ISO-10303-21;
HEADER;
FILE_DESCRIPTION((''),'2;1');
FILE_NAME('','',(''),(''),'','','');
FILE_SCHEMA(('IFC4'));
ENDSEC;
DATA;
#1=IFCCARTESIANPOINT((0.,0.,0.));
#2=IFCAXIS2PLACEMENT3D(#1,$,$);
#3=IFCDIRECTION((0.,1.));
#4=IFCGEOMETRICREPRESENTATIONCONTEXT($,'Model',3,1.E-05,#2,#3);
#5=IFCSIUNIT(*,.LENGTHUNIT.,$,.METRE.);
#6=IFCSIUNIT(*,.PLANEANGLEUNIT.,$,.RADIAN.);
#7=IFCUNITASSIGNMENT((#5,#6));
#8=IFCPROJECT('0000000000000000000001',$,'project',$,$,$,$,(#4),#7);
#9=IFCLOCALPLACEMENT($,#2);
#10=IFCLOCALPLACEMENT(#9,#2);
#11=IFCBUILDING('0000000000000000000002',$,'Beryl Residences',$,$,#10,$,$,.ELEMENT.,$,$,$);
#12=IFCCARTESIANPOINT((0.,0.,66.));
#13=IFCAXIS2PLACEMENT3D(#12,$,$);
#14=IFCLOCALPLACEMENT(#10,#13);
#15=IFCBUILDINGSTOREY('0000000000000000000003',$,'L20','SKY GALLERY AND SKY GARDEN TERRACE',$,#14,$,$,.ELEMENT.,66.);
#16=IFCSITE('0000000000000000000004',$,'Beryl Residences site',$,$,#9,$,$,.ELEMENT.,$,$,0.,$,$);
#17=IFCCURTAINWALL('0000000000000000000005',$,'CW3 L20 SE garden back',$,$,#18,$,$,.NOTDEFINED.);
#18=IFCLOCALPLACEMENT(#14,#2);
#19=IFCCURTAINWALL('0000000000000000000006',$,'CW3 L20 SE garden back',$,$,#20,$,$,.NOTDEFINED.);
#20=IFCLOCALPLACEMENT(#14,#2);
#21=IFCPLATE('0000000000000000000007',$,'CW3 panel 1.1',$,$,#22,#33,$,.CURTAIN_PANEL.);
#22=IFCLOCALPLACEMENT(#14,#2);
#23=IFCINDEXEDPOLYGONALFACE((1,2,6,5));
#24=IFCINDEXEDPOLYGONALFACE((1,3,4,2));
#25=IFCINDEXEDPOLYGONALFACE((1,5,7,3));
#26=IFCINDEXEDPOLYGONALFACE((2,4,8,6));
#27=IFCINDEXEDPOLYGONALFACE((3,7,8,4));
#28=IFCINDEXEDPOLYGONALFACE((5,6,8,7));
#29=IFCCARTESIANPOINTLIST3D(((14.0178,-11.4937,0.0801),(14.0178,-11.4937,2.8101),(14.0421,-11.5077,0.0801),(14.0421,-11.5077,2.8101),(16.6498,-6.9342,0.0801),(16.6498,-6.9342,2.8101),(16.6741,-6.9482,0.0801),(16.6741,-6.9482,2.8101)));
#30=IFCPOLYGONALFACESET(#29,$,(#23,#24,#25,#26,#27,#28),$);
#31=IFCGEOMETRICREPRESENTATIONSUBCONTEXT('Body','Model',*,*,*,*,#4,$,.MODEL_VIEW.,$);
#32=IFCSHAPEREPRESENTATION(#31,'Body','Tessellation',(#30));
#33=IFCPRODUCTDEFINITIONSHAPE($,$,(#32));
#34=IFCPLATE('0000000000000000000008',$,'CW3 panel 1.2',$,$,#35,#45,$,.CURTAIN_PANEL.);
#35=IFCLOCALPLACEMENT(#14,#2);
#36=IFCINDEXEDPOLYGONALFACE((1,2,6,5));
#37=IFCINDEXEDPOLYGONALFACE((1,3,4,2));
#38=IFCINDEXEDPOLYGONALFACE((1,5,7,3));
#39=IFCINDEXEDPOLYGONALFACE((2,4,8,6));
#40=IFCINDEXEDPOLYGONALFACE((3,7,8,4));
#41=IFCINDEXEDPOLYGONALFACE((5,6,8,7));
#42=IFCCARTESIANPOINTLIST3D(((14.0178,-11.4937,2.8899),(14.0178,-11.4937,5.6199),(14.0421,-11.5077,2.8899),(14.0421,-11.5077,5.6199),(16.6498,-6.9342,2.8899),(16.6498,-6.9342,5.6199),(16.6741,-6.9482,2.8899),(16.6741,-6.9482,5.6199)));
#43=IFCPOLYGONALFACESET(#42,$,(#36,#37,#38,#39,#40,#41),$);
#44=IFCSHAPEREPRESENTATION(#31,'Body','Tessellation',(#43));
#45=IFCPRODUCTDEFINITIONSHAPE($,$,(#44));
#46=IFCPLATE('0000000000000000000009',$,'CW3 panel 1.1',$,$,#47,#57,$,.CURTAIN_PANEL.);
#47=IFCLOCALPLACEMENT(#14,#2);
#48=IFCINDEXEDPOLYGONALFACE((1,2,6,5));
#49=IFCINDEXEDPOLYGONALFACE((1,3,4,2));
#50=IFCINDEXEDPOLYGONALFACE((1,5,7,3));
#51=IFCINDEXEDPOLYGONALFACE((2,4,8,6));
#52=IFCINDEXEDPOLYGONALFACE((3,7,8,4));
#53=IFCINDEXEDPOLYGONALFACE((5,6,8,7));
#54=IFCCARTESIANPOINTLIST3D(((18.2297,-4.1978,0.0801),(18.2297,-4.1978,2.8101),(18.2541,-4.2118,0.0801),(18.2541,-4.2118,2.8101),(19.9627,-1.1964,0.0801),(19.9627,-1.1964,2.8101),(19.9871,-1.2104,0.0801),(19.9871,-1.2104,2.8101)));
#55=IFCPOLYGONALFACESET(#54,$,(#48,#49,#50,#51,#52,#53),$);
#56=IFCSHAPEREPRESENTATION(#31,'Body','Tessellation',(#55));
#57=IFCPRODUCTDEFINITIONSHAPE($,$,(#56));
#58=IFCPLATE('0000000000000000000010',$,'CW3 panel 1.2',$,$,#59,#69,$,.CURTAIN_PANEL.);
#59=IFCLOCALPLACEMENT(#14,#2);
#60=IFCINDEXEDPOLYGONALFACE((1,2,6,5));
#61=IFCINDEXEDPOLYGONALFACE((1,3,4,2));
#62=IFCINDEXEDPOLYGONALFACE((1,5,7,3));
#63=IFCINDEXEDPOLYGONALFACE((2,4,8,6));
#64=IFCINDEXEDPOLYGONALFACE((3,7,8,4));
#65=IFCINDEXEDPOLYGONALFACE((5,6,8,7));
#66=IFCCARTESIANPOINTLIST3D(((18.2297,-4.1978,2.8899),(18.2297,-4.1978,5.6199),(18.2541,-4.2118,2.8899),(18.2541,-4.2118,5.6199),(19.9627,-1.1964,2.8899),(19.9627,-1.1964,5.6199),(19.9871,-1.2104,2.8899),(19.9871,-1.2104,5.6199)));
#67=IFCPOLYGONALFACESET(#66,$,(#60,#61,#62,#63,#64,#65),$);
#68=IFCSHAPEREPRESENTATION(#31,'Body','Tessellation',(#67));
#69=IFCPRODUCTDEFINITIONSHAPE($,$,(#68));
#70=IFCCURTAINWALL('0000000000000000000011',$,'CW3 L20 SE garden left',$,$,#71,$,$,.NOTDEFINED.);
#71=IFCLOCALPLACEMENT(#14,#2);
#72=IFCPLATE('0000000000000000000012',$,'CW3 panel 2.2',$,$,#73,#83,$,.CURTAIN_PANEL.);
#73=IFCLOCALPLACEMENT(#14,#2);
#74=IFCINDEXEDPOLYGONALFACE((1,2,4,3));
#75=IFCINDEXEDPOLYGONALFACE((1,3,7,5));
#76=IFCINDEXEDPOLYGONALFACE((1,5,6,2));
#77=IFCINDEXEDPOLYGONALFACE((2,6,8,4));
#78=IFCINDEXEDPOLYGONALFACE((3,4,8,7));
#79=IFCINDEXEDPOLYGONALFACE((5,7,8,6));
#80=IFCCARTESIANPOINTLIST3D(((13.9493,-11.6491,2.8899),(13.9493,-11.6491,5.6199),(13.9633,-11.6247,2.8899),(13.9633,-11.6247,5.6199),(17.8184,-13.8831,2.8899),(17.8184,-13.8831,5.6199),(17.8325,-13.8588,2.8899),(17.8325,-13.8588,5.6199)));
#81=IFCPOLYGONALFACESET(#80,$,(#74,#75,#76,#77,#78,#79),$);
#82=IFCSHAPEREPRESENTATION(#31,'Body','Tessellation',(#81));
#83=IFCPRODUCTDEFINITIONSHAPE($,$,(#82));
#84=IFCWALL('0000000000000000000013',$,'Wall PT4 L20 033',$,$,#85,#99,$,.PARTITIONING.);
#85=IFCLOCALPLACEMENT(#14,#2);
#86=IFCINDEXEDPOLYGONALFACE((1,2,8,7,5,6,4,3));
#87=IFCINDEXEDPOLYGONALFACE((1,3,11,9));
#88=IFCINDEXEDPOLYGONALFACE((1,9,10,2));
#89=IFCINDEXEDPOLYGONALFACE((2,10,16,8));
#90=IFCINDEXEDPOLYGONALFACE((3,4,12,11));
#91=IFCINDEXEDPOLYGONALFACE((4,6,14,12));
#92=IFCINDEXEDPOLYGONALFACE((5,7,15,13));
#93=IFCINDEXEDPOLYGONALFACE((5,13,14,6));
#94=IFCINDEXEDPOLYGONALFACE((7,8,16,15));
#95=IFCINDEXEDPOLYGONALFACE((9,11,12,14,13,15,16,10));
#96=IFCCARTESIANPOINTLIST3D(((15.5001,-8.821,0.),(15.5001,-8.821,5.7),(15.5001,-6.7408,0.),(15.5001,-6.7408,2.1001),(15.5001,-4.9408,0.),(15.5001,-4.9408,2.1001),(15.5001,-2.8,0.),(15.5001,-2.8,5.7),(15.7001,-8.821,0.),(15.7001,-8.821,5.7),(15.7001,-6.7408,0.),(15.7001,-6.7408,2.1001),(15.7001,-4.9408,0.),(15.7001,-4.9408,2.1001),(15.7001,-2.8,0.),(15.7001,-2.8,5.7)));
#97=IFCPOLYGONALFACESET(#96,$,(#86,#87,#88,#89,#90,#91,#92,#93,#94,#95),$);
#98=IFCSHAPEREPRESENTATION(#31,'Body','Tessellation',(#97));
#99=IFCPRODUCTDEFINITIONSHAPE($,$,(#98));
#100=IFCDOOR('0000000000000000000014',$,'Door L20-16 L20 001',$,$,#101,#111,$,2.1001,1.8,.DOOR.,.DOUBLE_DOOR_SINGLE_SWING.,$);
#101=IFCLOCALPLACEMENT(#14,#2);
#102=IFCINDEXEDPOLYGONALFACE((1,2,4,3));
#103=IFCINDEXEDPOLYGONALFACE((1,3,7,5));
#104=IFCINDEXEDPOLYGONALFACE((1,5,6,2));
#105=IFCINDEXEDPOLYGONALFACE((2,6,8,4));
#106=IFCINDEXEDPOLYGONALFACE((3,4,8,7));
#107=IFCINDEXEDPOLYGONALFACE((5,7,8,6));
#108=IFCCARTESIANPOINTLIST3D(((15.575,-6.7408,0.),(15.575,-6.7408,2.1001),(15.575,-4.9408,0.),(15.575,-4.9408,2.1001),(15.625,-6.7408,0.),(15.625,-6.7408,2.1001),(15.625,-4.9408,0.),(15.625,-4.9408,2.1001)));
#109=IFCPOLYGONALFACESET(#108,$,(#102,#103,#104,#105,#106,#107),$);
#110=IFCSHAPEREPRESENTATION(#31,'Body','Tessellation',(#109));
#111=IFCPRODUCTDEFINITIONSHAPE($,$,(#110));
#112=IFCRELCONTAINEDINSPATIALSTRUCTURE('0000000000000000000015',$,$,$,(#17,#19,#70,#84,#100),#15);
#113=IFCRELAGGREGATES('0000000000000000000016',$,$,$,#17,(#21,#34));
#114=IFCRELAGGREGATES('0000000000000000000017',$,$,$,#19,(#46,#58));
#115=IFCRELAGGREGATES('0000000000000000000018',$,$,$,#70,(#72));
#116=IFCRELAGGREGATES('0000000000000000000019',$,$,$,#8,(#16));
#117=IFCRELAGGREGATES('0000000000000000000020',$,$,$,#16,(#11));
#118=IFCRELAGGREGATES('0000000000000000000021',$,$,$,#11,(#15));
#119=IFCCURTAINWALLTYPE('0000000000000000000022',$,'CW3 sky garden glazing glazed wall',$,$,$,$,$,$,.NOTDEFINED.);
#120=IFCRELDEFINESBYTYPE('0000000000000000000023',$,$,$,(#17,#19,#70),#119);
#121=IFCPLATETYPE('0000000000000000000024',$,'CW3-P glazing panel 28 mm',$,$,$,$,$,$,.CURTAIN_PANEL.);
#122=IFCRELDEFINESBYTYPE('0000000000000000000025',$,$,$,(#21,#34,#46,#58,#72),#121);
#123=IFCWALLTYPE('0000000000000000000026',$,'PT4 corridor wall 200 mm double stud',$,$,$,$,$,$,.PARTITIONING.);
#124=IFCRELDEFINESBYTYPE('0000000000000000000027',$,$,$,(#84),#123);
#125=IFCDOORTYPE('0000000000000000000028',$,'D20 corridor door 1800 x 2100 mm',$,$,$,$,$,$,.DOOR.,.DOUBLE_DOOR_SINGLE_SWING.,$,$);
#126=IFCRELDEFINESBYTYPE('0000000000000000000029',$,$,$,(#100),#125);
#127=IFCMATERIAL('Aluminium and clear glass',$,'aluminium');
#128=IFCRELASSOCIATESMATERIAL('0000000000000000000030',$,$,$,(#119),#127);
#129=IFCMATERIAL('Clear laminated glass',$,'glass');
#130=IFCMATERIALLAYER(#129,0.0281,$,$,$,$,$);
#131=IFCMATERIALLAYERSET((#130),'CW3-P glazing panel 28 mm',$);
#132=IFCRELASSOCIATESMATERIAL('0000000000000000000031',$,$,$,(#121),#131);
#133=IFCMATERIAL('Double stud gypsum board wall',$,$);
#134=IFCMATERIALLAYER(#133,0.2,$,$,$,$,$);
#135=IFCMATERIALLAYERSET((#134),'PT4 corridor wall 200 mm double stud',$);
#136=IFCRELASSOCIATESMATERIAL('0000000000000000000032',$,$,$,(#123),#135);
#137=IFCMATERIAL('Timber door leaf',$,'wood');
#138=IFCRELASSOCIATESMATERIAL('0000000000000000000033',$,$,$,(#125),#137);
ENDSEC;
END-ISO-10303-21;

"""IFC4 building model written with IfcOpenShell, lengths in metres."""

from ifc_helpers import new_model, si_unit, direction, frame, frame_2d, origin, origin_2d, place, context, subcontext, project, spatial, rectangle, extrude, material, layer, layer_set, type_object, element, fill, aggregate, save


model = new_model("IFC4")

# Units and contexts
model_context = context("Model", 3, precision=1e-05, world=origin(), true_north=direction((0.0, 1.0)))
body_context = subcontext(model_context, "Body", "Model", "MODEL_VIEW")
ifc_project = project(units=[si_unit("LENGTHUNIT", "METRE"), si_unit("PLANEANGLEUNIT", "RADIAN")], contexts=[model_context])

# Site, building, storey
site_placement = place(None, origin())
site = spatial("IfcSite", under=ifc_project, at=site_placement, Name="Beryl Residences site", CompositionType="ELEMENT", RefElevation=0.0)
building_placement = place(site_placement, origin())
building = spatial("IfcBuilding", under=site, at=building_placement, Name="Beryl Residences", CompositionType="ELEMENT")
storey_placement = place(building_placement, frame((0.0, 0.0, 66.0)))
storey = spatial("IfcBuildingStorey", under=building, at=storey_placement, Name="L20", Description="SKY GALLERY AND SKY GARDEN TERRACE", CompositionType="ELEMENT", Elevation=66.0)

# Curtain walls
ifc_material_1 = material(Name="Aluminium and clear glass", Category="aluminium")
curtain_wall_type = type_object("IfcCurtainWallType", Name="CW3 sky garden glazing glazed wall", PredefinedType="NOTDEFINED", material=ifc_material_1)
curtain_wall_1_placement = place(storey_placement, origin())
curtain_wall_1 = element("IfcCurtainWall", 1, at=curtain_wall_1_placement, inside=storey, type_object=curtain_wall_type, Name="CW3 L20 SE garden back", PredefinedType="NOTDEFINED")
curtain_wall_2_placement = place(storey_placement, origin())
curtain_wall_2 = element("IfcCurtainWall", 2, at=curtain_wall_2_placement, inside=storey, type_object=curtain_wall_type, Name="CW3 L20 SE garden back", PredefinedType="NOTDEFINED")

# Plates
ifc_material_2 = material(Name="Clear laminated glass", Category="glass")
ifc_layer_1 = layer(ifc_material_2, 0.0281)
ifc_layer_set_1 = layer_set([ifc_layer_1], Name="CW3-P glazing panel 28 mm")
plate_type = type_object("IfcPlateType", Name="CW3-P glazing panel 28 mm", PredefinedType="CURTAIN_PANEL", material=ifc_layer_set_1)
plate_1_placement = place(storey_placement, frame((15.3459, -9.2209, 0.0801), z_axis=(0.0, 0.0, 1.0), x_axis=(0.499946, 0.866057, 0.0)))
plate_1 = element("IfcPlate", 3, at=plate_1_placement, type_object=plate_type, Name="CW3 panel 1.1", PredefinedType="CURTAIN_PANEL", context=body_context, shape_type="SweptSolid", body=[
    extrude(rectangle(XDim=5.2646, YDim=0.0281, at=origin_2d()), origin(), (0.0, 0.0, 1.0), 2.73),
])
plate_2_placement = place(storey_placement, frame((15.3459, -9.2209, 2.8899), z_axis=(0.0, 0.0, 1.0), x_axis=(0.499946, 0.866057, 0.0)))
plate_2 = element("IfcPlate", 4, at=plate_2_placement, type_object=plate_type, Name="CW3 panel 1.2", PredefinedType="CURTAIN_PANEL", context=body_context, shape_type="SweptSolid", body=[
    extrude(rectangle(XDim=5.2646, YDim=0.0281, at=origin_2d()), origin(), (0.0, 0.0, 1.0), 2.73),
])
aggregate(curtain_wall_1, [plate_1, plate_2])
plate_3_placement = place(storey_placement, frame((19.1084, -2.7041, 0.0801), z_axis=(0.0, 0.0, 1.0), x_axis=(0.500025, 0.866011, 0.0)))
plate_3 = element("IfcPlate", 5, at=plate_3_placement, type_object=plate_type, Name="CW3 panel 1.1", PredefinedType="CURTAIN_PANEL", context=body_context, shape_type="SweptSolid", body=[
    extrude(rectangle(XDim=3.4658, YDim=0.0281, at=origin_2d()), origin(), (0.0, 0.0, 1.0), 2.73),
])
plate_4_placement = place(storey_placement, frame((19.1084, -2.7041, 2.8899), z_axis=(0.0, 0.0, 1.0), x_axis=(0.500025, 0.866011, 0.0)))
plate_4 = element("IfcPlate", 6, at=plate_4_placement, type_object=plate_type, Name="CW3 panel 1.2", PredefinedType="CURTAIN_PANEL", context=body_context, shape_type="SweptSolid", body=[
    extrude(rectangle(XDim=3.4658, YDim=0.0281, at=origin_2d()), origin(), (0.0, 0.0, 1.0), 2.73),
])
aggregate(curtain_wall_2, [plate_3, plate_4])

# Curtain wall, plate
curtain_wall_3_placement = place(storey_placement, origin())
curtain_wall_3 = element("IfcCurtainWall", 7, at=curtain_wall_3_placement, inside=storey, type_object=curtain_wall_type, Name="CW3 L20 SE garden left", PredefinedType="NOTDEFINED")
plate_5_placement = place(storey_placement, frame((15.8909, -12.7539, 2.8899), z_axis=(0.0, 0.0, 1.0), x_axis=(-0.866008, 0.500031, 0.0)))
plate_5 = element("IfcPlate", 8, at=plate_5_placement, type_object=plate_type, Name="CW3 panel 2.2", PredefinedType="CURTAIN_PANEL", context=body_context, shape_type="SweptSolid", body=[
    extrude(rectangle(XDim=4.4678, YDim=0.0281, at=origin_2d()), origin(), (0.0, 0.0, 1.0), 2.73),
])
aggregate(curtain_wall_3, [plate_5])

# Wall, opening, door
ifc_material_3 = material(Name="Double stud gypsum board wall")
ifc_layer_2 = layer(ifc_material_3, 0.2)
ifc_layer_set_2 = layer_set([ifc_layer_2], Name="PT4 corridor wall 200 mm double stud")
wall_type_1 = type_object("IfcWallType", Name="PT4 corridor wall 200 mm double stud", PredefinedType="PARTITIONING", material=ifc_layer_set_2)
wall_1_placement = place(storey_placement, frame((15.6001, -8.821, 0.0), z_axis=(0.0, 0.0, 1.0), x_axis=(0.0, 1.0, 0.0)))
wall_1 = element("IfcWall", 9, at=wall_1_placement, inside=storey, type_object=wall_type_1, Name="Wall PT4 L20 033", PredefinedType="PARTITIONING", context=body_context, shape_type="SweptSolid", body=[
    extrude(rectangle(XDim=6.021, YDim=0.2, at=frame_2d((3.0105, 0.0))), origin(), (0.0, 0.0, 1.0), 5.7),
])
opening_1_placement = place(wall_1_placement, frame((3.8801, 0.0, 0.0), z_axis=(0.0, 0.0, 1.0), x_axis=(-1.0, 0.0, 0.0)))
opening_1 = element("IfcOpeningElement", 10, at=opening_1_placement, cuts=wall_1, PredefinedType="OPENING", context=body_context, shape_type="SweptSolid", body=[
    extrude(rectangle(XDim=1.8, YDim=2.1001, at=frame_2d((0.8999, 1.05))), frame((0.0, 0.1099, 0.0), z_axis=(0.0, -1.0, 0.0), x_axis=(1.0, 0.0, 0.0)), (0.0, 0.0, 1.0), 0.22),
])
ifc_material_4 = material(Name="Timber door leaf", Category="wood")
door_type_1 = type_object("IfcDoorType", Name="D20 corridor door 1800 x 2100 mm", OperationType="DOUBLE_DOOR_SINGLE_SWING", PredefinedType="DOOR", material=ifc_material_4)
door_1_placement = place(opening_1_placement, origin())
door_1 = element("IfcDoor", 11, at=door_1_placement, inside=storey, type_object=door_type_1, Name="Door L20-16 L20 001", OperationType="DOUBLE_DOOR_SINGLE_SWING", OverallHeight=2.1001, OverallWidth=1.8, PredefinedType="DOOR", context=body_context, shape_type="SweptSolid", body=[
    extrude(rectangle(XDim=1.8, YDim=2.1001, at=frame_2d((0.8999, 1.05))), frame((0.0, 0.0249, 0.0), z_axis=(0.0, -1.0, 0.0), x_axis=(1.0, 0.0, 0.0)), (0.0, 0.0, 1.0), 0.05),
])
fill(opening_1, door_1)

save(model, "model.ifc")
